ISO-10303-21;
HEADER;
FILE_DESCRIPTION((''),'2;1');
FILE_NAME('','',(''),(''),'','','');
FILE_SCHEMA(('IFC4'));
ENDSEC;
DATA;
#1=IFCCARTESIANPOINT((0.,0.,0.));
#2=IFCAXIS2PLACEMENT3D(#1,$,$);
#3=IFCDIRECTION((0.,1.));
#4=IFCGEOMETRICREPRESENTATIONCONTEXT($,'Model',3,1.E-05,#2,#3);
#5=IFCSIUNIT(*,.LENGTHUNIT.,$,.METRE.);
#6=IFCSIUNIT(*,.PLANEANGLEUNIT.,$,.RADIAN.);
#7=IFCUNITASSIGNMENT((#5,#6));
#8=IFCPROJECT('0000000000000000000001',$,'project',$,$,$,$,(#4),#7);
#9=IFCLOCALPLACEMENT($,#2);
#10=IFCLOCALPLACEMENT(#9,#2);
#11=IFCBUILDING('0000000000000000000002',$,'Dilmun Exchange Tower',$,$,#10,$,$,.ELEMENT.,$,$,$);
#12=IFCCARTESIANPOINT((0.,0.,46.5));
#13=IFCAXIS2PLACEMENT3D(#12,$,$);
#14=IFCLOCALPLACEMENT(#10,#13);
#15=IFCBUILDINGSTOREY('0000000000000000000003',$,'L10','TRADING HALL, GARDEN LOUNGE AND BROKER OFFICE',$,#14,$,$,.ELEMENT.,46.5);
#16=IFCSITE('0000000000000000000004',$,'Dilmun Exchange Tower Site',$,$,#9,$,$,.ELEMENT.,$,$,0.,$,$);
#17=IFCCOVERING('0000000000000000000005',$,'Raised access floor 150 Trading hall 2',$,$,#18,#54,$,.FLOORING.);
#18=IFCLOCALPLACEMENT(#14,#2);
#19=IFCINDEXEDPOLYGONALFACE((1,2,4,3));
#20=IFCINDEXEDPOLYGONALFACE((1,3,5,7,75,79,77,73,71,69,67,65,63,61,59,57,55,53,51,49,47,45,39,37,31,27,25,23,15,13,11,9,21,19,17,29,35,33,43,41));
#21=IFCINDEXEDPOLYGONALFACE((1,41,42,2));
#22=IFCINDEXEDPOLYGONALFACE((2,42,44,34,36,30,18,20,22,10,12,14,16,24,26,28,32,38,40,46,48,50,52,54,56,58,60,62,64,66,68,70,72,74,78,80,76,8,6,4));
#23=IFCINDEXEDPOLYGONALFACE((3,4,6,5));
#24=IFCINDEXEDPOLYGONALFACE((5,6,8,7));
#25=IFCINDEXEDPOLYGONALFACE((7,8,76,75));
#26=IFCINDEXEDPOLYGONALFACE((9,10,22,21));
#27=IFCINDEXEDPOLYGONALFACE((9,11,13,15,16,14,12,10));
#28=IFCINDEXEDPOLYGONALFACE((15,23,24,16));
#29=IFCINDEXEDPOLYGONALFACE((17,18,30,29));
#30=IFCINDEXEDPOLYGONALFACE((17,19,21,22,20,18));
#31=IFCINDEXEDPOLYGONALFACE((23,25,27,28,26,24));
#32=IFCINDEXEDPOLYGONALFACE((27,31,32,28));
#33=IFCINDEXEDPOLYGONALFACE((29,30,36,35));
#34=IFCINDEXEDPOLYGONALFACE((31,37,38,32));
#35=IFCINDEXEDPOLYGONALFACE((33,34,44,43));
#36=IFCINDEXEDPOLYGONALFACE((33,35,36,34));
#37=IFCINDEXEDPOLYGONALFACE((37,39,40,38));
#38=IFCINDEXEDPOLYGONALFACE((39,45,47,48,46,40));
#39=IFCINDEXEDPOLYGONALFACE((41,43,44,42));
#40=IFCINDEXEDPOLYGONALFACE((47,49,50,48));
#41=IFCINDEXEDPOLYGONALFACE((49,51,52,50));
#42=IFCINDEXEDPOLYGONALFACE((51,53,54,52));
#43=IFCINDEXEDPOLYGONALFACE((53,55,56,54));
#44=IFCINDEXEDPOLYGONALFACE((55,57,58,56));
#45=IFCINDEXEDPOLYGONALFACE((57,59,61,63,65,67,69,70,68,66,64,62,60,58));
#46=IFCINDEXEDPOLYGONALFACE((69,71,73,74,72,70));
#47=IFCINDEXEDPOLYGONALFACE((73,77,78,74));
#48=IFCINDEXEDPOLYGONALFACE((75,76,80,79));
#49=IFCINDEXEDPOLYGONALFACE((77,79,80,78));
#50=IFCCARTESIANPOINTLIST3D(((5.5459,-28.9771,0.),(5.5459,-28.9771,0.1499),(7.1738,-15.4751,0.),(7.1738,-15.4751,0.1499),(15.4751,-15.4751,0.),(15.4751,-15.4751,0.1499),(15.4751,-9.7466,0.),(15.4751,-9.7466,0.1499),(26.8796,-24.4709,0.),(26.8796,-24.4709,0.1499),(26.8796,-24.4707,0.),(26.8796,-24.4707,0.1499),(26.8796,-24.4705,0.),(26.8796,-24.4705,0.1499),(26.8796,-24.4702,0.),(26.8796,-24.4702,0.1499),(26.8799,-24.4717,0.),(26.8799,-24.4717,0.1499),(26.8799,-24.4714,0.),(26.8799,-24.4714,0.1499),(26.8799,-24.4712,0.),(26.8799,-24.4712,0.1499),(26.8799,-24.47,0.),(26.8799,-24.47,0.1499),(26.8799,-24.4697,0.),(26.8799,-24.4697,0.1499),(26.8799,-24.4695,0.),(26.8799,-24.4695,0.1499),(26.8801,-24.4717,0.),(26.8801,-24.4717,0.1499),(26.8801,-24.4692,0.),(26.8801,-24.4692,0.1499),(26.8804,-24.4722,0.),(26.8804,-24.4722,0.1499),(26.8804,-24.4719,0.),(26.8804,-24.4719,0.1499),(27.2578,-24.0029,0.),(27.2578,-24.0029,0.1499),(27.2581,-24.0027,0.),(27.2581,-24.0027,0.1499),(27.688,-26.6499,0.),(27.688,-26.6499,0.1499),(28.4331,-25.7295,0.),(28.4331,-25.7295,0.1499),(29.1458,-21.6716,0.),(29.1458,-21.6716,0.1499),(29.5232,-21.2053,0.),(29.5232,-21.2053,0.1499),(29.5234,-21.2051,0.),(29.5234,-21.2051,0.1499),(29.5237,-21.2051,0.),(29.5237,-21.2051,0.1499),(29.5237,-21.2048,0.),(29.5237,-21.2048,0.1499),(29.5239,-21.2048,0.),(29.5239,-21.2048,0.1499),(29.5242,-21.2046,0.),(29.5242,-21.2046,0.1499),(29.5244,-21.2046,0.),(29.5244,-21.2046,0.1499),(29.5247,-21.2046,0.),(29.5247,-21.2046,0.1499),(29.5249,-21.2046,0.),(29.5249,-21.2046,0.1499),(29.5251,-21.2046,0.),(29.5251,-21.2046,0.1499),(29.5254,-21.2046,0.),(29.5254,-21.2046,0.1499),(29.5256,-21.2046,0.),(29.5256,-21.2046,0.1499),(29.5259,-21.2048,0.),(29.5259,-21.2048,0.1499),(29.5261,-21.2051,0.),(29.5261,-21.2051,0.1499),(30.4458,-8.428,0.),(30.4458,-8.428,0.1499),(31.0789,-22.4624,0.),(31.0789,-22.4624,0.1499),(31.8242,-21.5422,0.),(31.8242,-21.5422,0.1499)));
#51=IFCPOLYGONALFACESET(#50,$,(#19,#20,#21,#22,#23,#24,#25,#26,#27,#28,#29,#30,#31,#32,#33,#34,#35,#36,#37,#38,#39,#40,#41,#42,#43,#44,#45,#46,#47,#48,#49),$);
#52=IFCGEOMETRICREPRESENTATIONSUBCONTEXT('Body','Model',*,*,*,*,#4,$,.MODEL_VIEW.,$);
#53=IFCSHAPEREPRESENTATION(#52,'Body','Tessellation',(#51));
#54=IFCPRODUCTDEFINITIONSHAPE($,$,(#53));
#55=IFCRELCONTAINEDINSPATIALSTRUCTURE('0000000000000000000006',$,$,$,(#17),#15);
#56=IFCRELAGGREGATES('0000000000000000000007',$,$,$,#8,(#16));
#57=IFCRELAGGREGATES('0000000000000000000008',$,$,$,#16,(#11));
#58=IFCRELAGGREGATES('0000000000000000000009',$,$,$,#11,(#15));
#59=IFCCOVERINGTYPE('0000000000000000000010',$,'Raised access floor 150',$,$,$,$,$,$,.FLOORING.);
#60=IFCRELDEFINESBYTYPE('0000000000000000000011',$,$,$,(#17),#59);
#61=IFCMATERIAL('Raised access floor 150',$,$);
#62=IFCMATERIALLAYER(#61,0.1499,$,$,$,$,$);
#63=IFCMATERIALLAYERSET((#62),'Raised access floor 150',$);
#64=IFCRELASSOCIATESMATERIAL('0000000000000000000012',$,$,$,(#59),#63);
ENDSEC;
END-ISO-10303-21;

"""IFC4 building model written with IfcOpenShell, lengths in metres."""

from ifc_helpers import new_model, si_unit, direction, frame, origin, place, context, subcontext, project, spatial, polyline, outline, extrude, material, layer, layer_set, type_object, element, save


model = new_model("IFC4")

# Units and contexts
model_context = context("Model", 3, precision=1e-05, world=origin(), true_north=direction((0.0, 1.0)))
body_context = subcontext(model_context, "Body", "Model", "MODEL_VIEW")
ifc_project = project(units=[si_unit("LENGTHUNIT", "METRE"), si_unit("PLANEANGLEUNIT", "RADIAN")], contexts=[model_context])

# Site, building, storey
site_placement = place(None, origin())
site = spatial("IfcSite", under=ifc_project, at=site_placement, Name="Dilmun Exchange Tower Site", CompositionType="ELEMENT", RefElevation=0.0)
building_placement = place(site_placement, origin())
building = spatial("IfcBuilding", under=site, at=building_placement, Name="Dilmun Exchange Tower", CompositionType="ELEMENT")
storey_placement = place(building_placement, frame((0.0, 0.0, 46.5)))
storey = spatial("IfcBuildingStorey", under=building, at=storey_placement, Name="L10", Description="TRADING HALL, GARDEN LOUNGE AND BROKER OFFICE", CompositionType="ELEMENT", Elevation=46.5)

# Covering
ifc_material_1 = material(Name="Raised access floor 150")
ifc_layer_1 = layer(ifc_material_1, 0.1499)
ifc_layer_set_1 = layer_set([ifc_layer_1], Name="Raised access floor 150")
covering_type_1 = type_object("IfcCoveringType", Name="Raised access floor 150", PredefinedType="FLOORING", material=ifc_layer_set_1)
covering_1_placement = place(storey_placement, origin())
element("IfcCovering", 1, at=covering_1_placement, inside=storey, type_object=covering_type_1, Name="Raised access floor 150 Trading hall 2", PredefinedType="FLOORING", context=body_context, shape_type="SweptSolid", body=[
    extrude(outline(polyline([(7.1738, -15.4751), (15.4751, -15.4751), (15.4751, -9.7466), (30.4458, -8.428), (31.8242, -21.5422), (31.0789, -22.4624), (29.5261, -21.2051), (29.5259, -21.2048), (29.5259, -21.2048), (29.5256, -21.2046), (29.5254, -21.2046), (29.5254, -21.2046), (29.5251, -21.2046), (29.5249, -21.2046), (29.5247, -21.2046), (29.5244, -21.2046), (29.5244, -21.2046), (29.5242, -21.2046), (29.5239, -21.2048), (29.5237, -21.2048), (29.5237, -21.2051), (29.5234, -21.2051), (29.5232, -21.2053), (29.1458, -21.6716), (29.1458, -21.6716), (27.2581, -24.0027), (27.2581, -24.0027), (27.2578, -24.0029), (27.2578, -24.0029), (26.8801, -24.4692), (26.8799, -24.4695), (26.8799, -24.4695), (26.8799, -24.4697), (26.8799, -24.47), (26.8796, -24.4702), (26.8796, -24.4705), (26.8796, -24.4707), (26.8796, -24.4707), (26.8796, -24.4709), (26.8799, -24.4712), (26.8799, -24.4712), (26.8799, -24.4714), (26.8799, -24.4717), (26.8801, -24.4717), (26.8804, -24.4719), (26.8804, -24.4722), (28.4331, -25.7295), (27.688, -26.6499), (5.5459, -28.9771), (7.1738, -15.4751)])), origin(), (0.0, 0.0, 1.0), 0.1499),
])

save(model, "model.ifc")
